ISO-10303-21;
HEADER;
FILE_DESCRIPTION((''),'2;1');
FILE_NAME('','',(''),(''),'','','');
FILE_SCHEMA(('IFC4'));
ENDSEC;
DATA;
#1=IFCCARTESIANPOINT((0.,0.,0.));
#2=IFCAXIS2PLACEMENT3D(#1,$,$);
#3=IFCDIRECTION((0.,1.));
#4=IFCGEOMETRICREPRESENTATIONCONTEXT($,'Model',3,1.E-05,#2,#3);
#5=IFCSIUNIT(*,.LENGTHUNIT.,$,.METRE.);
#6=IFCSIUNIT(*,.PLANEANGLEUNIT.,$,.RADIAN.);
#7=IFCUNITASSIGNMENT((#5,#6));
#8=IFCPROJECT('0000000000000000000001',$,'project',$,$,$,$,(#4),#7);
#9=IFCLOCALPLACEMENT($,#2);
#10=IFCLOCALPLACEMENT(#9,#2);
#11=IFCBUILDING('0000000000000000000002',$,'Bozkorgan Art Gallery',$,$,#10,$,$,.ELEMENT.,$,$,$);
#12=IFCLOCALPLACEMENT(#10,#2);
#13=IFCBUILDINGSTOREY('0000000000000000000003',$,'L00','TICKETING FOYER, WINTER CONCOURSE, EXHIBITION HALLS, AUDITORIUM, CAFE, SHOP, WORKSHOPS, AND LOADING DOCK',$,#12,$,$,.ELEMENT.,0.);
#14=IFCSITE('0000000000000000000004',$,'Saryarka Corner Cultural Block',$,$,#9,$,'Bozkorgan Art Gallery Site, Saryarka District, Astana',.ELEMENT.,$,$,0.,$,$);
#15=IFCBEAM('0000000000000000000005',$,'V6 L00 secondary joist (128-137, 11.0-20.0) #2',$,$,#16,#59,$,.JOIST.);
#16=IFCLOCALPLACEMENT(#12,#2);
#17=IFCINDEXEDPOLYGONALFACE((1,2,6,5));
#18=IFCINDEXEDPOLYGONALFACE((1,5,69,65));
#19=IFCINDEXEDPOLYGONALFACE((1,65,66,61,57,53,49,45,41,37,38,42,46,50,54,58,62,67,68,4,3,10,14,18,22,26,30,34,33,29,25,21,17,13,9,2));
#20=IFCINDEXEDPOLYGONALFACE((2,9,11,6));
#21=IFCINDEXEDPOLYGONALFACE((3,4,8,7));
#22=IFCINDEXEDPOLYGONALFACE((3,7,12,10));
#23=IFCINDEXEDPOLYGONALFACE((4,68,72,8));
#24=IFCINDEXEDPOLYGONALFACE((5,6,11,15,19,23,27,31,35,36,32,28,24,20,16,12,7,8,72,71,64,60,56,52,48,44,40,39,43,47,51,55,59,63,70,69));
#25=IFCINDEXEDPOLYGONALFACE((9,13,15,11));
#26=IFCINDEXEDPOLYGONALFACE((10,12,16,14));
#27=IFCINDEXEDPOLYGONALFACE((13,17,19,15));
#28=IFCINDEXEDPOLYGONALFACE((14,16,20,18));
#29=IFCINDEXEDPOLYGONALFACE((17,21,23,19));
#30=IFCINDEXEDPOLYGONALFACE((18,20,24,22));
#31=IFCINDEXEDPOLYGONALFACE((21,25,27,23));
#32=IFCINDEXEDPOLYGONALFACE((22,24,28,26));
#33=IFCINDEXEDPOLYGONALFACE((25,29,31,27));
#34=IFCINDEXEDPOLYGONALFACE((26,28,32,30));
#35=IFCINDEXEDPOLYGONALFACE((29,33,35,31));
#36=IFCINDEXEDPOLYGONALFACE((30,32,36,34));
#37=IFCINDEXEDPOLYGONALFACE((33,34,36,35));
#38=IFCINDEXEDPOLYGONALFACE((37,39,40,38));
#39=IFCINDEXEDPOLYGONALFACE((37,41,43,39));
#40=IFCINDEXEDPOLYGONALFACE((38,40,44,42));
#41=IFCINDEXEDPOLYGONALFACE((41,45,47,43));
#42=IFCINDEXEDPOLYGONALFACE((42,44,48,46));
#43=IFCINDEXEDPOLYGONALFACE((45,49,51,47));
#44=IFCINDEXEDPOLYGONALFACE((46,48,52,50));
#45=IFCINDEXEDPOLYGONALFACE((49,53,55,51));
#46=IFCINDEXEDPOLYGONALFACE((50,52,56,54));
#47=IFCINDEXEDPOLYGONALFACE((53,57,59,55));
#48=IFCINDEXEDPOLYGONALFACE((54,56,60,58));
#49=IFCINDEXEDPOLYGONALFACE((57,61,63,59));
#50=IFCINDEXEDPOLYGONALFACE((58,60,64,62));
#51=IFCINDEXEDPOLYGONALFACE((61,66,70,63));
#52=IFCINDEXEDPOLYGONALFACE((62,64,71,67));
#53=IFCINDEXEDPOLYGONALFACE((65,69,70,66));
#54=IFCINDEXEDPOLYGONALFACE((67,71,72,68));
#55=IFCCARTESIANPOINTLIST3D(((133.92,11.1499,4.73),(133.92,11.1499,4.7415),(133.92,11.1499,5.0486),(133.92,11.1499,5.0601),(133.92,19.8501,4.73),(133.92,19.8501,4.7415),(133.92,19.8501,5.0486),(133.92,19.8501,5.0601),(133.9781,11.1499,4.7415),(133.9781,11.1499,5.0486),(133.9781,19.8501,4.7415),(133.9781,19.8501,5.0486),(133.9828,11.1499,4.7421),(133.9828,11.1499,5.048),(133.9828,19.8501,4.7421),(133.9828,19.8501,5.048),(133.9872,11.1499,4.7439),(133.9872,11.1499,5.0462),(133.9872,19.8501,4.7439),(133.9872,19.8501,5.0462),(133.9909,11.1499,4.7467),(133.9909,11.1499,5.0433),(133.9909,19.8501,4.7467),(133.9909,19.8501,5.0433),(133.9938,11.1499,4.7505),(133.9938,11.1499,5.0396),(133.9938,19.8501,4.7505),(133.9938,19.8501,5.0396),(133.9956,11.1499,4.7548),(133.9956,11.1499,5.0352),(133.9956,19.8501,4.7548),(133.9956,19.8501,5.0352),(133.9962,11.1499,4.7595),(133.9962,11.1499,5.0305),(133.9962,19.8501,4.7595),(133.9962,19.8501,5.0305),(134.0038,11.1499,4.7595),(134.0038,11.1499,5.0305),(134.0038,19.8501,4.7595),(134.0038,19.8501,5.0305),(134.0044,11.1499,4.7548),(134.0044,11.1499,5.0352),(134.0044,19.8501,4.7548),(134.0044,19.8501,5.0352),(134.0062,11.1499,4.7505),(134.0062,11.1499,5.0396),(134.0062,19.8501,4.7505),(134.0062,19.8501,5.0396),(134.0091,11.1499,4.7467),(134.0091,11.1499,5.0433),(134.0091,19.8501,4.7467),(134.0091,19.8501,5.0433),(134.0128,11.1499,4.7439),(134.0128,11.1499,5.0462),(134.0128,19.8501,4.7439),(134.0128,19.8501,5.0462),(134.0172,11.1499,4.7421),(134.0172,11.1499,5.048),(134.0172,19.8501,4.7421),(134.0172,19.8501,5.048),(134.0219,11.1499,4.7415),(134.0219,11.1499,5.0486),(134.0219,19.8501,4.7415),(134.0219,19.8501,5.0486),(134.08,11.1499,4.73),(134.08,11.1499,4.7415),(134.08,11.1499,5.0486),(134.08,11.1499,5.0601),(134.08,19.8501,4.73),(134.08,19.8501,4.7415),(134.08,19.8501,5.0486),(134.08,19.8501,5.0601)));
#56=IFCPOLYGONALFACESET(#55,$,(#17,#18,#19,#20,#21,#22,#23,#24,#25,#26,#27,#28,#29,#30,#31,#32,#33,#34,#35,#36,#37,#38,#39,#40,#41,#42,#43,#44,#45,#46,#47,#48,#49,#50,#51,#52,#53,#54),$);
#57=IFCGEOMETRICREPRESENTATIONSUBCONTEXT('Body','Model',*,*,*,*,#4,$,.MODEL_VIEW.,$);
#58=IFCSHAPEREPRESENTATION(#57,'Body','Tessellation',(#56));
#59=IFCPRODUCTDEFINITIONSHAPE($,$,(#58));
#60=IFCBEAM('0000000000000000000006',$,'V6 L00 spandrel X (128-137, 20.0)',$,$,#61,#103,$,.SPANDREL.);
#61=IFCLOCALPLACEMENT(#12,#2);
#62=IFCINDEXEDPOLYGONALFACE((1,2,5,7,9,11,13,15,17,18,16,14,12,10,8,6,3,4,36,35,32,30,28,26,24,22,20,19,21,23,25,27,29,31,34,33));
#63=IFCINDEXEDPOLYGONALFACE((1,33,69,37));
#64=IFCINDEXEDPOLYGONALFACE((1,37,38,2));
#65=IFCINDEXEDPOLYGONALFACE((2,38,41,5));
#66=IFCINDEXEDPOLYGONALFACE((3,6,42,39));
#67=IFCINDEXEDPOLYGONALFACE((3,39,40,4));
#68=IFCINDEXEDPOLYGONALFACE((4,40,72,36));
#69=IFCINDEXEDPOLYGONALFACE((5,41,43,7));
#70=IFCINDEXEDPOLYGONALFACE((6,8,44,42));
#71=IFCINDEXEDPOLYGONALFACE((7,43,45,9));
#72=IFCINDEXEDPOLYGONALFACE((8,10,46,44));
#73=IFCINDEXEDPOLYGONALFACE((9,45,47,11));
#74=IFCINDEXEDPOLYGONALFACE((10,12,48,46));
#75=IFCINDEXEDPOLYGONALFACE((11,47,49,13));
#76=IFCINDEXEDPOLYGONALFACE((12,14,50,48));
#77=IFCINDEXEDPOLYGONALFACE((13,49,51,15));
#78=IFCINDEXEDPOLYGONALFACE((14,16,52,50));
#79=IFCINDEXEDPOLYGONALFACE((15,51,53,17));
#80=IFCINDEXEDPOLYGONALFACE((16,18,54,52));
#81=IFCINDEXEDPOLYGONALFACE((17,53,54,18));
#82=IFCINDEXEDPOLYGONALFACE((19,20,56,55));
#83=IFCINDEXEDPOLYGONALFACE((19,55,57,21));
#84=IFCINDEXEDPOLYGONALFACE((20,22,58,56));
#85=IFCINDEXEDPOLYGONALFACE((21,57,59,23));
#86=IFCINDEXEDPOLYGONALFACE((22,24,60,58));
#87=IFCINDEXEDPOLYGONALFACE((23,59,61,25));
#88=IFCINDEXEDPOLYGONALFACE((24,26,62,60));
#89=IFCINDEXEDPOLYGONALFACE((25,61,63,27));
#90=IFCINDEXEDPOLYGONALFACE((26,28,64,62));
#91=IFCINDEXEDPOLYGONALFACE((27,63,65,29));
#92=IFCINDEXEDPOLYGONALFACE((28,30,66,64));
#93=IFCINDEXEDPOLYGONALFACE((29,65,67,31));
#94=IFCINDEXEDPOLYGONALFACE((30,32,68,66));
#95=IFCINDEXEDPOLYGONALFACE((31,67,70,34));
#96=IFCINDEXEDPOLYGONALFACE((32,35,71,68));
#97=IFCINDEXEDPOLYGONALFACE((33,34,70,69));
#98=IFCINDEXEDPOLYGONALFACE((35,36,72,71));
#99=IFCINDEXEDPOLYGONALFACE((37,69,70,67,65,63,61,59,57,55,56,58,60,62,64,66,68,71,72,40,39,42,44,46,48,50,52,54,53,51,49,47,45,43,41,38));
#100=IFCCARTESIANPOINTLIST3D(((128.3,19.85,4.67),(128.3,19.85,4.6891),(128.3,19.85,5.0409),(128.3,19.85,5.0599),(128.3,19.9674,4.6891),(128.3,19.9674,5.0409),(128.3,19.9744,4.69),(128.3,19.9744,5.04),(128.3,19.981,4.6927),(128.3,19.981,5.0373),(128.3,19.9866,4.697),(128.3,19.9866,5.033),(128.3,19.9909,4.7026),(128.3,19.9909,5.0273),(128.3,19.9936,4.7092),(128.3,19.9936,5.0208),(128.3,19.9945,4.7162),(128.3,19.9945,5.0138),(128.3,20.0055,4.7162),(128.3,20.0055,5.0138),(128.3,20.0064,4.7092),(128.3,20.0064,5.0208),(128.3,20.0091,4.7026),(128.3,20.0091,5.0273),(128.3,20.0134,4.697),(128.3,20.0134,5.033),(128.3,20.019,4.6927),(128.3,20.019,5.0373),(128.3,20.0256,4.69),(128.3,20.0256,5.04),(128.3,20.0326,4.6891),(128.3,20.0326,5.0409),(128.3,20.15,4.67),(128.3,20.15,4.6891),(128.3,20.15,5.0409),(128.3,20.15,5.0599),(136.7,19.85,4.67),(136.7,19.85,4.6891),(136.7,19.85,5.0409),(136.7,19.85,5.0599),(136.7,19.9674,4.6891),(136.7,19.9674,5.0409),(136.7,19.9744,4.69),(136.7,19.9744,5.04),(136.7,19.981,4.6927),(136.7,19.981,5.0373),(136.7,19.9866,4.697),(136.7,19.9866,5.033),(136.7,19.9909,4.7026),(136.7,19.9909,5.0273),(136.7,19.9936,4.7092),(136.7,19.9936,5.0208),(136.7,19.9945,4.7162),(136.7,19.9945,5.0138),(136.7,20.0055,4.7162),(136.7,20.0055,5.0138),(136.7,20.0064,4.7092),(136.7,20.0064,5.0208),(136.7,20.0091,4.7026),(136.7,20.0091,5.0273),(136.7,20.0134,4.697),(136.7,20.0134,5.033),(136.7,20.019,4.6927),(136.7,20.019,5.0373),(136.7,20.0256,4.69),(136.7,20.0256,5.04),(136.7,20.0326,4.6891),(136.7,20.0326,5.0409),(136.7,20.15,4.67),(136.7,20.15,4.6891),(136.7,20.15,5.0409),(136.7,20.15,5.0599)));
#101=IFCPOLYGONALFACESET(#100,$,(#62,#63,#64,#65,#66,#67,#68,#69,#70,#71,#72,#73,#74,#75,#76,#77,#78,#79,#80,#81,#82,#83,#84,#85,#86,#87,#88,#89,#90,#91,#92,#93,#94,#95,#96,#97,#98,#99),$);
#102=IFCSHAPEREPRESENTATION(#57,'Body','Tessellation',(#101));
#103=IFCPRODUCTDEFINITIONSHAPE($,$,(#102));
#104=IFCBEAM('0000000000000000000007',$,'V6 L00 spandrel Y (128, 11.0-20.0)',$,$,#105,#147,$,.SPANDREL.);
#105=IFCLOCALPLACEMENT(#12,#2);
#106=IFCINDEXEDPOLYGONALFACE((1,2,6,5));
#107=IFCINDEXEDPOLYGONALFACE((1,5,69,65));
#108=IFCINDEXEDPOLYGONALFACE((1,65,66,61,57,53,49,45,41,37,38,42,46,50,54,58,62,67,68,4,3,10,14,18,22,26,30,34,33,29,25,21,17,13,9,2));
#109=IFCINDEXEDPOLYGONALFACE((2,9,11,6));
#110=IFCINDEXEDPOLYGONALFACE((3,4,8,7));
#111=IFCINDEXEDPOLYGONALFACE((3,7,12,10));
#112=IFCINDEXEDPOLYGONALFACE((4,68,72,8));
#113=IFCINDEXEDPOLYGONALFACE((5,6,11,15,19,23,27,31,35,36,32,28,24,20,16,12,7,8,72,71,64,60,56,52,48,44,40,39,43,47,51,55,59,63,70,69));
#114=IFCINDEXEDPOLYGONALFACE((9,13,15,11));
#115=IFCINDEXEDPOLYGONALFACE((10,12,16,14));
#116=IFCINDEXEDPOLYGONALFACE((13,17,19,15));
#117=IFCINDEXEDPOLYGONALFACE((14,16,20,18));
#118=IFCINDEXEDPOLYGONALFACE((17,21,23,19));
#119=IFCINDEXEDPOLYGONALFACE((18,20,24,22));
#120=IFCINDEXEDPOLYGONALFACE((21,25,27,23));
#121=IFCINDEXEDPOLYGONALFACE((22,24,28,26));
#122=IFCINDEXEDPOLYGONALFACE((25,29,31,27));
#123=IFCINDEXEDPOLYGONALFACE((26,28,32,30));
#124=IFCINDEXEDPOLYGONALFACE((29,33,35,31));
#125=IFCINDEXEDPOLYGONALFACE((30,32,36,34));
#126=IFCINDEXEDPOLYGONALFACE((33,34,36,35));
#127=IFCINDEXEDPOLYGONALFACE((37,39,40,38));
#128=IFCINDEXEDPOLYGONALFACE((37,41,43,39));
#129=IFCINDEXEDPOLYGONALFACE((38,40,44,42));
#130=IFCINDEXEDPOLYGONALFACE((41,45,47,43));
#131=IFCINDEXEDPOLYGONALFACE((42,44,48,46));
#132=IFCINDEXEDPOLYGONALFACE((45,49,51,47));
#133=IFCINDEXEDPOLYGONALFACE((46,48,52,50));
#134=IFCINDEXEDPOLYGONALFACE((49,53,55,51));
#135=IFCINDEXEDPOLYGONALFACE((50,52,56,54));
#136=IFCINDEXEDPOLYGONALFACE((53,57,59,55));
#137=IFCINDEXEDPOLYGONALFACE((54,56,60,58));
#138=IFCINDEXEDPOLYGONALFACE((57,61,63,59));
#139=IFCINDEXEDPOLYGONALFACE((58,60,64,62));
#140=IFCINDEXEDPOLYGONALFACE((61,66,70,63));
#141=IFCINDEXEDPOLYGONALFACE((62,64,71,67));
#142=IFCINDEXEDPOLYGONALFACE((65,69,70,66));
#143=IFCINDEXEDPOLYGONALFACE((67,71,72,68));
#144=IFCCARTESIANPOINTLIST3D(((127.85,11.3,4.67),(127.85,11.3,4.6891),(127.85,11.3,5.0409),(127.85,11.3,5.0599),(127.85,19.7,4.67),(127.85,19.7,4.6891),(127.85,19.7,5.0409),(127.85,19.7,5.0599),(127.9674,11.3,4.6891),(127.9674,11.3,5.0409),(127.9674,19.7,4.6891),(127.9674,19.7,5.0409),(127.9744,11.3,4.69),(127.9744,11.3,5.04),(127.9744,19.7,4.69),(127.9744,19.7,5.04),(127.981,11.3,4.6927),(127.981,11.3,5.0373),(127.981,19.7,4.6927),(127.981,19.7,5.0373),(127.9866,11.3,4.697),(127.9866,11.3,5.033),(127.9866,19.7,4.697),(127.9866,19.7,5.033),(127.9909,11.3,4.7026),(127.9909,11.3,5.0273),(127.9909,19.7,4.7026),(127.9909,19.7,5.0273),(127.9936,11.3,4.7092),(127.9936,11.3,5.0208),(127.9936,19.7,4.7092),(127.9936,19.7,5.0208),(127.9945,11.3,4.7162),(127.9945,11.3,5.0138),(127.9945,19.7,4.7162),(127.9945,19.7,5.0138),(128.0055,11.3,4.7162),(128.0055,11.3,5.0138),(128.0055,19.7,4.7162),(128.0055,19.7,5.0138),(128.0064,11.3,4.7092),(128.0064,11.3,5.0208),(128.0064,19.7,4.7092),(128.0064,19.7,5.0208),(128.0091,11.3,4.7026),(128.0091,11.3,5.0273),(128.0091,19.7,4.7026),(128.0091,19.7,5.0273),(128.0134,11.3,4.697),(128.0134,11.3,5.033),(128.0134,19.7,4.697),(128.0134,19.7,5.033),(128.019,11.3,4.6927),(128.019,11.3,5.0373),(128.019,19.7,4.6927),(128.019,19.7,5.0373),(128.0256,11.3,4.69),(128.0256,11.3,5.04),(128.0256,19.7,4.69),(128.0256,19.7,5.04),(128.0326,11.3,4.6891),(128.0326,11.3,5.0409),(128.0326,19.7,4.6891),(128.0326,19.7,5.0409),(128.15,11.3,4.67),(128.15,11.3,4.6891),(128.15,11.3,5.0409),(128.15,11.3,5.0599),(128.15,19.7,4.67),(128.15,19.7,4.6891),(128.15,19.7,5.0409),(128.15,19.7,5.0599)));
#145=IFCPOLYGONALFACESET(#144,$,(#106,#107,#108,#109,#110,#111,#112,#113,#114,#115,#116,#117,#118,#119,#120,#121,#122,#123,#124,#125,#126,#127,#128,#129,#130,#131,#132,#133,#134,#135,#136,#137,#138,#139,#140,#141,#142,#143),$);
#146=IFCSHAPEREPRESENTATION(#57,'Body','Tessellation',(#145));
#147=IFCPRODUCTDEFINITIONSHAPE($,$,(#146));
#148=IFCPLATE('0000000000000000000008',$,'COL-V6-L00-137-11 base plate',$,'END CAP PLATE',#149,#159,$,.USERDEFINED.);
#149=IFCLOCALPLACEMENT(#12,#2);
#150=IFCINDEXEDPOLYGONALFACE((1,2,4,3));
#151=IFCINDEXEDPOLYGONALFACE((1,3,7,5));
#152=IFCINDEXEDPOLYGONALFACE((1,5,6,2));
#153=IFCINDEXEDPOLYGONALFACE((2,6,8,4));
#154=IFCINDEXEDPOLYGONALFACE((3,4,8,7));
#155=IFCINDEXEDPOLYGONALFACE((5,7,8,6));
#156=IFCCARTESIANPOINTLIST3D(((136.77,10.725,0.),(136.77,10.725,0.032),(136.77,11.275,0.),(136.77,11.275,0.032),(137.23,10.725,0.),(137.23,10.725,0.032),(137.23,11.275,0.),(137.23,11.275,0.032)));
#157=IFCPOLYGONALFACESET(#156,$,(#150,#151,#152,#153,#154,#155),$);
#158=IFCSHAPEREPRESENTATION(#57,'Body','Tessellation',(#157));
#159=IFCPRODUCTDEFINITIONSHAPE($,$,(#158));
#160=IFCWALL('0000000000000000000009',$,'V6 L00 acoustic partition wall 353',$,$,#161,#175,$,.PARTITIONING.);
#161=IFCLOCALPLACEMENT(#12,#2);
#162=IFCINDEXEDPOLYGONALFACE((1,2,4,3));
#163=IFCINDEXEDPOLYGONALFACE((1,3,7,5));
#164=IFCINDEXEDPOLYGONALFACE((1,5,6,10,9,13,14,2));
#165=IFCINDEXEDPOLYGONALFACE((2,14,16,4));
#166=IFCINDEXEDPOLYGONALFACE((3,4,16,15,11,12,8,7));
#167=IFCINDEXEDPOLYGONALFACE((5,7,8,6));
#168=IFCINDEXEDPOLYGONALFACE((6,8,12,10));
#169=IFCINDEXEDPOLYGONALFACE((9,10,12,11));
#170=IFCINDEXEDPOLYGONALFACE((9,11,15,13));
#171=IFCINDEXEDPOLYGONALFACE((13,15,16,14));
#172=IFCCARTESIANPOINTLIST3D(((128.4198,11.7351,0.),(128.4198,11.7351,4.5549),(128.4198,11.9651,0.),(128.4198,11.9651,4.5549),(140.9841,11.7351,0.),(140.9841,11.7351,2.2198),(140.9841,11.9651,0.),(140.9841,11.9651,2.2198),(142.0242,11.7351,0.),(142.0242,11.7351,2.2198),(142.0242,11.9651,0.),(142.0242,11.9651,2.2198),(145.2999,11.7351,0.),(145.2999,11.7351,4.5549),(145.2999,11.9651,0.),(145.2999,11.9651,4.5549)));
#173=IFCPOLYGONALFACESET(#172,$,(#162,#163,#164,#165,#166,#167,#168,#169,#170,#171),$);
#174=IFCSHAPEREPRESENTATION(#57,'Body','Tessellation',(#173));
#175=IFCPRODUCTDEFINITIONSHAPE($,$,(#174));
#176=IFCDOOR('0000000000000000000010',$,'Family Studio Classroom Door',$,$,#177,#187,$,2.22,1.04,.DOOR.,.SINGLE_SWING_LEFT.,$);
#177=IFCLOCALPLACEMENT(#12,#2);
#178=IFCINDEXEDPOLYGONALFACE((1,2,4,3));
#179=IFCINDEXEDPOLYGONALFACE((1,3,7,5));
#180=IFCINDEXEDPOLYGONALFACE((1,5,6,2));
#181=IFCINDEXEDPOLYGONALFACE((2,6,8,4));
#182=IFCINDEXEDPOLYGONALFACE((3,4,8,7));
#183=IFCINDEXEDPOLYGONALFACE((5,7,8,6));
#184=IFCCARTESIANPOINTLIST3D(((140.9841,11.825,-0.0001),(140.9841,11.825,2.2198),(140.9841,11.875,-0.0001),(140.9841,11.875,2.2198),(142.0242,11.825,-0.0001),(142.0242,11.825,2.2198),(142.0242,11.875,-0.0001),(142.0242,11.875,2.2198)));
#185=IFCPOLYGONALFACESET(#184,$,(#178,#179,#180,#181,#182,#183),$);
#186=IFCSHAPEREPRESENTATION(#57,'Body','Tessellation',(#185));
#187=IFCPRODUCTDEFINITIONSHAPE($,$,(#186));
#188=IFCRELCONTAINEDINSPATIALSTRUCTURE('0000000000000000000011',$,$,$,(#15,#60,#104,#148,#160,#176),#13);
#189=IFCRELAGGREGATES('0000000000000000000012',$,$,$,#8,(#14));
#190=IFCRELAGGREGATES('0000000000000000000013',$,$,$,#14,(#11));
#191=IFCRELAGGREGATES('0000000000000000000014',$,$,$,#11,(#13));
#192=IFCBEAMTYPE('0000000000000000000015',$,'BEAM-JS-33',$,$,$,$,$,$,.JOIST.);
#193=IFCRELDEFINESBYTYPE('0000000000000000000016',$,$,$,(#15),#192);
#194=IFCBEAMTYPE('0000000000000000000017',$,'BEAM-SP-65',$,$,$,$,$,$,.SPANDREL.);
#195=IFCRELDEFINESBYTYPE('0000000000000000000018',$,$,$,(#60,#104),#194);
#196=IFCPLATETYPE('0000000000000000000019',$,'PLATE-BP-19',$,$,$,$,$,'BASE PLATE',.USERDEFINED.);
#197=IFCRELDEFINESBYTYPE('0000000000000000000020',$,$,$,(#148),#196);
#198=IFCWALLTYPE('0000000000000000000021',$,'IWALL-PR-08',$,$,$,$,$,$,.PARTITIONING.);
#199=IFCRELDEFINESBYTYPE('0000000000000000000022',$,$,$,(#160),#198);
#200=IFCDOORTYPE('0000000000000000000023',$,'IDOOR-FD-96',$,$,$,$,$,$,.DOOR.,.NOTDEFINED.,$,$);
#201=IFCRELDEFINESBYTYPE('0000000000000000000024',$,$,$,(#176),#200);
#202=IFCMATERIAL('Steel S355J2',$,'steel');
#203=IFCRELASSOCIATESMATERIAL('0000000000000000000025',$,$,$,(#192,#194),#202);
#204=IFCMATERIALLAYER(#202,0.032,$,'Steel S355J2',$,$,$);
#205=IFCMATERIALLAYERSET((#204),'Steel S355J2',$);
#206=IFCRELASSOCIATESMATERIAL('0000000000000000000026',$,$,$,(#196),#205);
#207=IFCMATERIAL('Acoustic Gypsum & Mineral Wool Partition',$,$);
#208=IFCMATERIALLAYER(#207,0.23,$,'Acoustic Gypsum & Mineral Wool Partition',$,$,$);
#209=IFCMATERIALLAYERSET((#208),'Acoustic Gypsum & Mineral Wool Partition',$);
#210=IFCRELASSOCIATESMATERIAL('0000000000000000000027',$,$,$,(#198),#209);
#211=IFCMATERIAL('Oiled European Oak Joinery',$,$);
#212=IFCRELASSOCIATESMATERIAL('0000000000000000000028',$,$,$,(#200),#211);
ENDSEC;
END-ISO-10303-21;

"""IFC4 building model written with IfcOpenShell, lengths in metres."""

from ifc_helpers import new_model, si_unit, direction, frame, frame_2d, origin, origin_2d, place, context, subcontext, project, spatial, rectangle, i_section, extrude, material, layer, layer_set, material_profile, profile_set, type_object, element, fill, save


model = new_model("IFC4")

# Units and contexts
model_context = context("Model", 3, precision=1e-05, world=origin(), true_north=direction((0.0, 1.0)))
body_context = subcontext(model_context, "Body", "Model", "MODEL_VIEW")
ifc_project = project(units=[si_unit("LENGTHUNIT", "METRE"), si_unit("PLANEANGLEUNIT", "RADIAN")], contexts=[model_context])

# Site, building, storey
site_placement = place(None, origin())
site = spatial("IfcSite", under=ifc_project, at=site_placement, Name="Saryarka Corner Cultural Block", LongName="Bozkorgan Art Gallery Site, Saryarka District, Astana", CompositionType="ELEMENT", RefElevation=0.0)
building_placement = place(site_placement, origin())
building = spatial("IfcBuilding", under=site, at=building_placement, Name="Bozkorgan Art Gallery", CompositionType="ELEMENT")
storey_placement = place(building_placement, origin())
storey = spatial("IfcBuildingStorey", under=building, at=storey_placement, Name="L00", Description="TICKETING FOYER, WINTER CONCOURSE, EXHIBITION HALLS, AUDITORIUM, CAFE, SHOP, WORKSHOPS, AND LOADING DOCK", CompositionType="ELEMENT", Elevation=0.0)

# Shared definitions
ifc_material_1 = material(Name="Steel S355J2", Category="steel")

# Beams
ifc_material_profile_1 = material_profile(ifc_material_1, i_section(OverallWidth=0.1599, OverallDepth=0.3301, WebThickness=0.0076, FlangeThickness=0.0115, FilletRadius=0.0181, at=origin_2d()), Name="IPE 330")
ifc_profile_set_1 = profile_set([ifc_material_profile_1], Name="Steel S355J2")
beam_type_1 = type_object("IfcBeamType", Name="BEAM-JS-33", PredefinedType="JOIST", material=ifc_profile_set_1)
for number, where, z_axis, x_axis, name in (
    (1, (134.0, 11.1499, 4.895), (0.0, 1.0, 0.0), (-1.0, 0.0, 0.0), "V6 L00 secondary joist (128-137, 11.0-20.0) #2"),
):
    element("IfcBeam", number, at=place(storey_placement, frame(where, z_axis=z_axis, x_axis=x_axis)), inside=storey, type_object=beam_type_1, Name=name, PredefinedType="JOIST", context=body_context, shape_type="SweptSolid", body=[
        extrude(i_section(OverallWidth=0.1599, OverallDepth=0.3301, WebThickness=0.0076, FlangeThickness=0.0115, FilletRadius=0.0181, at=origin_2d()), origin(), (0.0, 0.0, 1.0), 8.7002),
    ])
ifc_material_profile_2 = material_profile(ifc_material_1, i_section(OverallWidth=0.3, OverallDepth=0.3899, WebThickness=0.011, FlangeThickness=0.019, FilletRadius=0.0271, at=origin_2d()), Name="HEA 400")
ifc_profile_set_2 = profile_set([ifc_material_profile_2], Name="Steel S355J2")
beam_type_2 = type_object("IfcBeamType", Name="BEAM-SP-65", PredefinedType="SPANDREL", material=ifc_profile_set_2)
for number, where, z_axis, x_axis, name in (
    (2, (128.3, 20.0, 4.865), (1.0, 0.0, 0.0), (0.0, 1.0, 0.0), "V6 L00 spandrel X (128-137, 20.0)"),
    (3, (128.0, 11.3, 4.865), (0.0, 1.0, 0.0), (-1.0, 0.0, 0.0), "V6 L00 spandrel Y (128, 11.0-20.0)"),
):
    element("IfcBeam", number, at=place(storey_placement, frame(where, z_axis=z_axis, x_axis=x_axis)), inside=storey, type_object=beam_type_2, Name=name, PredefinedType="SPANDREL", context=body_context, shape_type="SweptSolid", body=[
        extrude(i_section(OverallWidth=0.3, OverallDepth=0.3899, WebThickness=0.011, FlangeThickness=0.019, FilletRadius=0.0271, at=origin_2d()), origin(), (0.0, 0.0, 1.0), 8.3999),
    ])

# Plate
ifc_layer_1 = layer(ifc_material_1, 0.032, Name="Steel S355J2")
ifc_layer_set_1 = layer_set([ifc_layer_1], Name="Steel S355J2")
plate_type = type_object("IfcPlateType", Name="PLATE-BP-19", ElementType="BASE PLATE", PredefinedType="USERDEFINED", material=ifc_layer_set_1)
plate_placement = place(storey_placement, frame((137.0, 11.0, 0.0), z_axis=(0.0, 0.0, 1.0), x_axis=(1.0, 0.0, 0.0)))
element("IfcPlate", 4, at=plate_placement, inside=storey, type_object=plate_type, Name="COL-V6-L00-137-11 base plate", ObjectType="END CAP PLATE", PredefinedType="USERDEFINED", context=body_context, shape_type="SweptSolid", body=[
    extrude(rectangle(XDim=0.46, YDim=0.55, at=origin_2d()), origin(), (0.0, 0.0, 1.0), 0.032),
])

# Wall, opening, door
ifc_material_2 = material(Name="Acoustic Gypsum & Mineral Wool Partition")
ifc_layer_2 = layer(ifc_material_2, 0.23, Name="Acoustic Gypsum & Mineral Wool Partition")
ifc_layer_set_2 = layer_set([ifc_layer_2], Name="Acoustic Gypsum & Mineral Wool Partition")
wall_type_1 = type_object("IfcWallType", Name="IWALL-PR-08", PredefinedType="PARTITIONING", material=ifc_layer_set_2)
wall_1_placement = place(storey_placement, frame((128.4199, 11.8501, 0.0), z_axis=(0.0, 0.0, 1.0), x_axis=(1.0, 0.0, 0.0)))
wall_1 = element("IfcWall", 5, at=wall_1_placement, inside=storey, type_object=wall_type_1, Name="V6 L00 acoustic partition wall 353", PredefinedType="PARTITIONING", context=body_context, shape_type="SweptSolid", body=[
    extrude(rectangle(XDim=16.8801, YDim=0.23, at=frame_2d((8.4399, 0.0))), origin(), (0.0, 0.0, 1.0), 4.5549),
])
opening_1_placement = place(wall_1_placement, frame((12.5642, 0.0, 0.0)))
opening_1 = element("IfcOpeningElement", 6, at=opening_1_placement, cuts=wall_1, PredefinedType="OPENING", context=body_context, shape_type="SweptSolid", body=[
    extrude(rectangle(XDim=1.04, YDim=2.22, at=frame_2d((0.52, 1.1099))), frame((0.0, 0.125, 0.0), z_axis=(0.0, -1.0, 0.0), x_axis=(1.0, 0.0, 0.0)), (0.0, 0.0, 1.0), 0.25),
])
ifc_material_3 = material(Name="Oiled European Oak Joinery")
door_type = type_object("IfcDoorType", Name="IDOOR-FD-96", OperationType="NOTDEFINED", PredefinedType="DOOR", material=ifc_material_3)
door_placement = place(opening_1_placement, origin())
door = element("IfcDoor", 7, at=door_placement, inside=storey, type_object=door_type, Name="Family Studio Classroom Door", OperationType="SINGLE_SWING_LEFT", OverallHeight=2.22, OverallWidth=1.04, PredefinedType="DOOR", context=body_context, shape_type="SweptSolid", body=[
    extrude(rectangle(XDim=1.04, YDim=2.22, at=frame_2d((0.52, 1.1099))), frame((0.0, 0.0249, 0.0), z_axis=(0.0, -1.0, 0.0), x_axis=(1.0, 0.0, 0.0)), (0.0, 0.0, 1.0), 0.05),
])
fill(opening_1, door)

save(model, "model.ifc")
